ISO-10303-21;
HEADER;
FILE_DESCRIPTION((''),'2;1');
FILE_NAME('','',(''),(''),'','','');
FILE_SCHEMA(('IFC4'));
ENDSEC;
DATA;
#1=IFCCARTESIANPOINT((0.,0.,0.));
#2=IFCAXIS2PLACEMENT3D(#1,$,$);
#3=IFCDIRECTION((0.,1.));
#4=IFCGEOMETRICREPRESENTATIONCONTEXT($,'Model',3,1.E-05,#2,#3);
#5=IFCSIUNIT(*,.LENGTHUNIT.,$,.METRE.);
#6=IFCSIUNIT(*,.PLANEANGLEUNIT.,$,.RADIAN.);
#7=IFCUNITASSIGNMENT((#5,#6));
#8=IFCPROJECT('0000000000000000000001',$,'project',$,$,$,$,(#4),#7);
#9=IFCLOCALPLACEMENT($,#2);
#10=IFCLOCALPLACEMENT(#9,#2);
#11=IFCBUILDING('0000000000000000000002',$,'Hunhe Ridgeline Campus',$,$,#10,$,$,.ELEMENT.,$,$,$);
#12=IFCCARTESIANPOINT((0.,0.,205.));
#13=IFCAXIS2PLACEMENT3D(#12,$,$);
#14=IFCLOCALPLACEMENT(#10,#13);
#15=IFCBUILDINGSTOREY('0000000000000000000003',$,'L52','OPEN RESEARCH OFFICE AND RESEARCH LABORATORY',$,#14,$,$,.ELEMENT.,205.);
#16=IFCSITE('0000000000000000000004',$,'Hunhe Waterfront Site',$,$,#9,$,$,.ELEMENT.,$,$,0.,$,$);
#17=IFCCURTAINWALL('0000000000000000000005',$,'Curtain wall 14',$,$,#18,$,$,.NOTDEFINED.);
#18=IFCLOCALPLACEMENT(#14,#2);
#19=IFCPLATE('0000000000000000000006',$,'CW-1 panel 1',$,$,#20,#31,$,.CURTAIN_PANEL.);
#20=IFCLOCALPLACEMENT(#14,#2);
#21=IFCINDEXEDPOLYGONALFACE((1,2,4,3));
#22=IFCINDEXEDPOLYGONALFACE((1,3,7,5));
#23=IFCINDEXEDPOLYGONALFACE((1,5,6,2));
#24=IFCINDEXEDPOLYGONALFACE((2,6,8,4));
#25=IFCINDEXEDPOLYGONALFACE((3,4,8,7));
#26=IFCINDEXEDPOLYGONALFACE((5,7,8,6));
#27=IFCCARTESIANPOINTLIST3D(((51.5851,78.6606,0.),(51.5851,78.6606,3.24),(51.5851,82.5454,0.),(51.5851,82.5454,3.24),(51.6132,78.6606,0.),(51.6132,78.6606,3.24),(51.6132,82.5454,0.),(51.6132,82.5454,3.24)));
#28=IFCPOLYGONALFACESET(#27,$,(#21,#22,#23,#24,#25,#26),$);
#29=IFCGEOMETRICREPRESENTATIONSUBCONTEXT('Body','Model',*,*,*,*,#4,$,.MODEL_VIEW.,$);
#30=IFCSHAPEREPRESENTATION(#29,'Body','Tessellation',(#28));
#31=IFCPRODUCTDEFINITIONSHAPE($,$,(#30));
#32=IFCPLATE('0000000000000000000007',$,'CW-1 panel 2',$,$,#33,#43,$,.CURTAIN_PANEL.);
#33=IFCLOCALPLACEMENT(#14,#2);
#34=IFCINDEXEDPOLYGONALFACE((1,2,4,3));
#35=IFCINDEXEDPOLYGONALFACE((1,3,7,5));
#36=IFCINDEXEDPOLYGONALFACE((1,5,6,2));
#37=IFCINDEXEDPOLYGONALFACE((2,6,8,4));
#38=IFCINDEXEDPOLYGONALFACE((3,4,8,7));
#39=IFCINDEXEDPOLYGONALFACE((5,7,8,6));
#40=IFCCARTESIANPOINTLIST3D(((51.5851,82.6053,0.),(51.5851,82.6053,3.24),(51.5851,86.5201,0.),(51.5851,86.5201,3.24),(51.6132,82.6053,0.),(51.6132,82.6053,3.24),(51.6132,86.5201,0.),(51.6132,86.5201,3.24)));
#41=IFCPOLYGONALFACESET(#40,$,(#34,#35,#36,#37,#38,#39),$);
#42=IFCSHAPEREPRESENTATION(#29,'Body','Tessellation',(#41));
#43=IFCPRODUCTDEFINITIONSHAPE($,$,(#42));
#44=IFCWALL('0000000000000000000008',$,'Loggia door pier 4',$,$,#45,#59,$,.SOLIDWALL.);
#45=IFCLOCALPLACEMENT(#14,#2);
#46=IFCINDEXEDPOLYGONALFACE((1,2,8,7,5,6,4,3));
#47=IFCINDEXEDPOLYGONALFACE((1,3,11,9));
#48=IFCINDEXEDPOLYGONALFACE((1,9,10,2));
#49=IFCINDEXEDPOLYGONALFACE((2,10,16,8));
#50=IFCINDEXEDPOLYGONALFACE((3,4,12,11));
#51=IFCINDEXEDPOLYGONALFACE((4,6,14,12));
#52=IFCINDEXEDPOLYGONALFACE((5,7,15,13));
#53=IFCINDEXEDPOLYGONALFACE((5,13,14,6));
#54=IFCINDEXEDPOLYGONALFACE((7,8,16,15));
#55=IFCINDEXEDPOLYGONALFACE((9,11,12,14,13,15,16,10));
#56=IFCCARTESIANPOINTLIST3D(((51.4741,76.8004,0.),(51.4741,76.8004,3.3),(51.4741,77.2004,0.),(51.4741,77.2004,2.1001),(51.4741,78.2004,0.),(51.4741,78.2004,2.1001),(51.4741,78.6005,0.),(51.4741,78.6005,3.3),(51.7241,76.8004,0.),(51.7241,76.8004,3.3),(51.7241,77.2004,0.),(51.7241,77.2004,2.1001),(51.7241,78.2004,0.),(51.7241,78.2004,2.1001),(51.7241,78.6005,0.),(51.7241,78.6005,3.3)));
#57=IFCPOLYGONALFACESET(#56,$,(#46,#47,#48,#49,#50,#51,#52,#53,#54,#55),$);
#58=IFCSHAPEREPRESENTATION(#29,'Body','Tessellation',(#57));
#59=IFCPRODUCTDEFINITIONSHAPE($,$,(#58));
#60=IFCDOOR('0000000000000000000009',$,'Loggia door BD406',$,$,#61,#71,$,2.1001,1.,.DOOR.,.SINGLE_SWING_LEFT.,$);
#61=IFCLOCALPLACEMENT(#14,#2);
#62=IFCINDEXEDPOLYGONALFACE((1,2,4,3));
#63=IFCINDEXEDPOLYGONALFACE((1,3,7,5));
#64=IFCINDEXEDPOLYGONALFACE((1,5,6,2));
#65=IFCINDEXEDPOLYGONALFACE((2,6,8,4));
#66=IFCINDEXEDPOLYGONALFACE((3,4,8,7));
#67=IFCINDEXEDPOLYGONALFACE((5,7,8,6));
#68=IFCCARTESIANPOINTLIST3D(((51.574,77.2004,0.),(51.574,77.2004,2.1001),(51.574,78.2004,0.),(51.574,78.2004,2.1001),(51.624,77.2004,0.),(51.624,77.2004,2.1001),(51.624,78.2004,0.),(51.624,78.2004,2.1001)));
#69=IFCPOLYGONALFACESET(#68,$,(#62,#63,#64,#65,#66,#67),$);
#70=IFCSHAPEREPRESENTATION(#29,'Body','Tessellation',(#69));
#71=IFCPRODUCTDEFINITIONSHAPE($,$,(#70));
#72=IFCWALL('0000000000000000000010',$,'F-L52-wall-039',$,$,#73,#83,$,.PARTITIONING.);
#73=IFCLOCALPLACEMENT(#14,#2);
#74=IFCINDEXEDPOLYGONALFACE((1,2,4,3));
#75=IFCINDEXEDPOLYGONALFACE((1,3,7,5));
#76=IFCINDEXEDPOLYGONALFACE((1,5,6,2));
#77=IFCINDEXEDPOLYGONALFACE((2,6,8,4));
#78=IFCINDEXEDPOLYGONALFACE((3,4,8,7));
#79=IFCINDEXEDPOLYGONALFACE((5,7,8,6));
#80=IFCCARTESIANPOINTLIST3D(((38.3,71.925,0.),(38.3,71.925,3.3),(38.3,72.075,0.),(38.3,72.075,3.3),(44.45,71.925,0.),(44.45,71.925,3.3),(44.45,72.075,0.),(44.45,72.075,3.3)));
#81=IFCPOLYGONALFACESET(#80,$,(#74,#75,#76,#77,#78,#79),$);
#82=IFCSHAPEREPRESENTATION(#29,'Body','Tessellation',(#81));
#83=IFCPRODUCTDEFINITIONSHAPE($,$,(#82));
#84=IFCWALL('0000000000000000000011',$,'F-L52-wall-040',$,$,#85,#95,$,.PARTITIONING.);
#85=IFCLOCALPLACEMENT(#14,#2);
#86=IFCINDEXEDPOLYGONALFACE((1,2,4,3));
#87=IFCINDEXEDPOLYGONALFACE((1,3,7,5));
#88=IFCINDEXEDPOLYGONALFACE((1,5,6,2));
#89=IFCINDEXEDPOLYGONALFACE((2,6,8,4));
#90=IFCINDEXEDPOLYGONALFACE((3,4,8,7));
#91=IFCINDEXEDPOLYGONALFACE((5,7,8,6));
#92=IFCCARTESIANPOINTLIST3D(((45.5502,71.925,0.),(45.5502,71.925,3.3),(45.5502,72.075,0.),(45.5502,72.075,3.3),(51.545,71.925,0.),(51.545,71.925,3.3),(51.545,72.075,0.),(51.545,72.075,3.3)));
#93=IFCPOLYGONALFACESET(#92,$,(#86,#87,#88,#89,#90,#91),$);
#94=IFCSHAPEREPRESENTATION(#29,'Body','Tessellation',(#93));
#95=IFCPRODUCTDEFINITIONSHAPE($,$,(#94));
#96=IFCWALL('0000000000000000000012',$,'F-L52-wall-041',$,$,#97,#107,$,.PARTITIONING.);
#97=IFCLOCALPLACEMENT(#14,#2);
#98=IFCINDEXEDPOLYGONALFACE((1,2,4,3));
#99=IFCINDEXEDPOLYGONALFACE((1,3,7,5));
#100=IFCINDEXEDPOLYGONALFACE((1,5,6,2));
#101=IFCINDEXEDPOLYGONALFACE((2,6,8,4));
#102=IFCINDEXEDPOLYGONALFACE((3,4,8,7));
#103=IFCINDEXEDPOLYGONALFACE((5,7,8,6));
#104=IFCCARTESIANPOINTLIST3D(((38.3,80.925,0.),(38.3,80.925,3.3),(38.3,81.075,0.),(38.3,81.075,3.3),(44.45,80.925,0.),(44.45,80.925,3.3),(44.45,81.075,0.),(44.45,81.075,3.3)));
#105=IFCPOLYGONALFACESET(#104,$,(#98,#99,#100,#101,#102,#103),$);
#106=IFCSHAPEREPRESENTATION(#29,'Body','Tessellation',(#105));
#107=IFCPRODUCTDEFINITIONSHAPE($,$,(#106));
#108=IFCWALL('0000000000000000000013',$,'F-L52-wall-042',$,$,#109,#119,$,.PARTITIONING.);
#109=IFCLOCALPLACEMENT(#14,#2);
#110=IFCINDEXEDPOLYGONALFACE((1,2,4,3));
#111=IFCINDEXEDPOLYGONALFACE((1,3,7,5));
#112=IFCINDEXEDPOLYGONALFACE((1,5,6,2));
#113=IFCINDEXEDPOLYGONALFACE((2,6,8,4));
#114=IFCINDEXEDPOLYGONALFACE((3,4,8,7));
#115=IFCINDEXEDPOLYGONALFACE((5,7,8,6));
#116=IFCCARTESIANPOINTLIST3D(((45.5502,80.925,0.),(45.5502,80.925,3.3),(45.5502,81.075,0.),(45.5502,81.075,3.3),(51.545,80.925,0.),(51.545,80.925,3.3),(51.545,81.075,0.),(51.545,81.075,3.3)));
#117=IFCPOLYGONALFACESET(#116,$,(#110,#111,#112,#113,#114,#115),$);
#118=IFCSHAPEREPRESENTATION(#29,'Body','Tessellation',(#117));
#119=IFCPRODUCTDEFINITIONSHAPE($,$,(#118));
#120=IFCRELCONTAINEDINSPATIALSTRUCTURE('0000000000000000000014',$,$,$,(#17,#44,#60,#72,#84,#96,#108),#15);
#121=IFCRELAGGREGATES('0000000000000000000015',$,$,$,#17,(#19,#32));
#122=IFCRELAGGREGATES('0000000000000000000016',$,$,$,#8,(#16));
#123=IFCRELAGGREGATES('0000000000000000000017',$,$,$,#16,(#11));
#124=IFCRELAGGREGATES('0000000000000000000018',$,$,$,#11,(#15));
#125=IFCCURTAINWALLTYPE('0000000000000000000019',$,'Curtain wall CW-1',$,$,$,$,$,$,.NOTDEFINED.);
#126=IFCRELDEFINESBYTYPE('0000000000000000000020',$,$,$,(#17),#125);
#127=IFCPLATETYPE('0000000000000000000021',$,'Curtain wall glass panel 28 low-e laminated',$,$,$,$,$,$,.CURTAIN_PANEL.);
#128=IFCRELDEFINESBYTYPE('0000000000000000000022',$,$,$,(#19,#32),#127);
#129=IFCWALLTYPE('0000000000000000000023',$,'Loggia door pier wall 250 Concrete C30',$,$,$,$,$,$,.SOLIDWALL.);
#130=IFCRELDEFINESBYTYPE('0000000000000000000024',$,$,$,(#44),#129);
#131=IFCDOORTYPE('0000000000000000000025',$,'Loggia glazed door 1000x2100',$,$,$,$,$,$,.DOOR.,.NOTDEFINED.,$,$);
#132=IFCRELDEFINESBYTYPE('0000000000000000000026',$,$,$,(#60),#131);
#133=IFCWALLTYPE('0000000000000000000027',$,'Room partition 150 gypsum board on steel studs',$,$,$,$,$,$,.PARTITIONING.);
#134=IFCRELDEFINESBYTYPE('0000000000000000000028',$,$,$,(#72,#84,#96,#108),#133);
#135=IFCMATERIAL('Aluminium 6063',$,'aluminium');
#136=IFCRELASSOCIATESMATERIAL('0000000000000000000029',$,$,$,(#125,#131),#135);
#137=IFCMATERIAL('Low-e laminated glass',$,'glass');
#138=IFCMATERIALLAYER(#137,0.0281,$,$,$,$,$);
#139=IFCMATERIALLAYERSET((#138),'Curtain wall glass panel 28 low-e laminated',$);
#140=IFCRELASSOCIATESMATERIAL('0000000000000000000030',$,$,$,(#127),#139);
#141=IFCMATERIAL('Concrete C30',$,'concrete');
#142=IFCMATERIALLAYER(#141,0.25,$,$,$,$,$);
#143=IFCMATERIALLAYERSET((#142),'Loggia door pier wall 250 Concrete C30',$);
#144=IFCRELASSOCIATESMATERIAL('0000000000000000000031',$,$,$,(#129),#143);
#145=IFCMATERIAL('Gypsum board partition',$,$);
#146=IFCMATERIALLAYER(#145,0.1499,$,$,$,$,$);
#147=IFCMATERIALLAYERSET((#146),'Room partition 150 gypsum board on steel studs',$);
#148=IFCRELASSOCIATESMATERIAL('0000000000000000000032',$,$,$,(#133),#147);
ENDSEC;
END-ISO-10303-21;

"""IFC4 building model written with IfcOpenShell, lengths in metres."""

from ifc_helpers import new_model, si_unit, direction, frame, frame_2d, origin, origin_2d, place, context, subcontext, project, spatial, rectangle, extrude, material, layer, layer_set, type_object, element, fill, aggregate, save


model = new_model("IFC4")

# Units and contexts
model_context = context("Model", 3, precision=1e-05, world=origin(), true_north=direction((0.0, 1.0)))
body_context = subcontext(model_context, "Body", "Model", "MODEL_VIEW")
ifc_project = project(units=[si_unit("LENGTHUNIT", "METRE"), si_unit("PLANEANGLEUNIT", "RADIAN")], contexts=[model_context])

# Site, building, storey
site_placement = place(None, origin())
site = spatial("IfcSite", under=ifc_project, at=site_placement, Name="Hunhe Waterfront Site", CompositionType="ELEMENT", RefElevation=0.0)
building_placement = place(site_placement, origin())
building = spatial("IfcBuilding", under=site, at=building_placement, Name="Hunhe Ridgeline Campus", CompositionType="ELEMENT")
storey_placement = place(building_placement, frame((0.0, 0.0, 205.0)))
storey = spatial("IfcBuildingStorey", under=building, at=storey_placement, Name="L52", Description="OPEN RESEARCH OFFICE AND RESEARCH LABORATORY", CompositionType="ELEMENT", Elevation=205.0)

# Curtain wall
ifc_material_1 = material(Name="Aluminium 6063", Category="aluminium")
curtain_wall_type = type_object("IfcCurtainWallType", Name="Curtain wall CW-1", PredefinedType="NOTDEFINED", material=ifc_material_1)
curtain_wall_1_placement = place(storey_placement, origin())
curtain_wall_1 = element("IfcCurtainWall", 1, at=curtain_wall_1_placement, inside=storey, type_object=curtain_wall_type, Name="Curtain wall 14", PredefinedType="NOTDEFINED")

# Plates
ifc_material_2 = material(Name="Low-e laminated glass", Category="glass")
ifc_layer_1 = layer(ifc_material_2, 0.0281)
ifc_layer_set_1 = layer_set([ifc_layer_1], Name="Curtain wall glass panel 28 low-e laminated")
plate_type = type_object("IfcPlateType", Name="Curtain wall glass panel 28 low-e laminated", PredefinedType="CURTAIN_PANEL", material=ifc_layer_set_1)
plate_1_placement = place(storey_placement, frame((51.5991, 80.603, 0.0), z_axis=(0.0, 0.0, 1.0), x_axis=(0.0, 1.0, 0.0)))
plate_1 = element("IfcPlate", 2, at=plate_1_placement, type_object=plate_type, Name="CW-1 panel 1", PredefinedType="CURTAIN_PANEL", context=body_context, shape_type="SweptSolid", body=[
    extrude(rectangle(XDim=3.8848, YDim=0.0281, at=origin_2d()), origin(), (0.0, 0.0, 1.0), 3.24),
])
plate_2_placement = place(storey_placement, frame((51.5991, 84.5627, 0.0), z_axis=(0.0, 0.0, 1.0), x_axis=(0.0, 1.0, 0.0)))
plate_2 = element("IfcPlate", 3, at=plate_2_placement, type_object=plate_type, Name="CW-1 panel 2", PredefinedType="CURTAIN_PANEL", context=body_context, shape_type="SweptSolid", body=[
    extrude(rectangle(XDim=3.9148, YDim=0.0281, at=origin_2d()), origin(), (0.0, 0.0, 1.0), 3.24),
])
aggregate(curtain_wall_1, [plate_1, plate_2])

# Wall, opening, door
ifc_material_3 = material(Name="Concrete C30", Category="concrete")
ifc_layer_2 = layer(ifc_material_3, 0.25)
ifc_layer_set_2 = layer_set([ifc_layer_2], Name="Loggia door pier wall 250 Concrete C30")
wall_type_1 = type_object("IfcWallType", Name="Loggia door pier wall 250 Concrete C30", PredefinedType="SOLIDWALL", material=ifc_layer_set_2)
wall_1_placement = place(storey_placement, frame((51.5991, 76.8005, 0.0), z_axis=(0.0, 0.0, 1.0), x_axis=(0.0, 1.0, 0.0)))
wall_1 = element("IfcWall", 4, at=wall_1_placement, inside=storey, type_object=wall_type_1, Name="Loggia door pier 4", PredefinedType="SOLIDWALL", context=body_context, shape_type="SweptSolid", body=[
    extrude(rectangle(XDim=1.8, YDim=0.25, at=frame_2d((0.8999, 0.0))), origin(), (0.0, 0.0, 1.0), 3.3),
])
opening_placement = place(wall_1_placement, frame((0.3999, 0.0, 0.0)))
opening = element("IfcOpeningElement", 5, at=opening_placement, cuts=wall_1, PredefinedType="OPENING", context=body_context, shape_type="SweptSolid", body=[
    extrude(rectangle(XDim=1.0, YDim=2.1001, at=frame_2d((0.5, 1.05))), frame((0.0, 0.125, 0.0), z_axis=(0.0, -1.0, 0.0), x_axis=(1.0, 0.0, 0.0)), (0.0, 0.0, 1.0), 0.25),
])
door_type = type_object("IfcDoorType", Name="Loggia glazed door 1000x2100", OperationType="NOTDEFINED", PredefinedType="DOOR", material=ifc_material_1)
door_placement = place(opening_placement, frame((1.0, 0.0, 0.0), z_axis=(0.0, 0.0, 1.0), x_axis=(-1.0, 0.0, 0.0)))
door = element("IfcDoor", 6, at=door_placement, inside=storey, type_object=door_type, Name="Loggia door BD406", OperationType="SINGLE_SWING_LEFT", OverallHeight=2.1001, OverallWidth=1.0, PredefinedType="DOOR", context=body_context, shape_type="SweptSolid", body=[
    extrude(rectangle(XDim=1.0, YDim=2.1001, at=frame_2d((0.5, 1.05))), frame((0.0, 0.0249, 0.0), z_axis=(0.0, -1.0, 0.0), x_axis=(1.0, 0.0, 0.0)), (0.0, 0.0, 1.0), 0.05),
])
fill(opening, door)

# Walls
ifc_material_4 = material(Name="Gypsum board partition")
ifc_layer_3 = layer(ifc_material_4, 0.1499)
ifc_layer_set_3 = layer_set([ifc_layer_3], Name="Room partition 150 gypsum board on steel studs")
wall_type_2 = type_object("IfcWallType", Name="Room partition 150 gypsum board on steel studs", PredefinedType="PARTITIONING", material=ifc_layer_set_3)
wall_2_placement = place(storey_placement, frame((38.3, 72.0, 0.0), z_axis=(0.0, 0.0, 1.0), x_axis=(1.0, 0.0, 0.0)))
element("IfcWall", 7, at=wall_2_placement, inside=storey, type_object=wall_type_2, Name="F-L52-wall-039", PredefinedType="PARTITIONING", context=body_context, shape_type="SweptSolid", body=[
    extrude(rectangle(XDim=6.1499, YDim=0.1499, at=frame_2d((3.075, 0.0))), origin(), (0.0, 0.0, 1.0), 3.3),
])
wall_3_placement = place(storey_placement, frame((45.55, 72.0, 0.0), z_axis=(0.0, 0.0, 1.0), x_axis=(1.0, 0.0, 0.0)))
element("IfcWall", 8, at=wall_3_placement, inside=storey, type_object=wall_type_2, Name="F-L52-wall-040", PredefinedType="PARTITIONING", context=body_context, shape_type="SweptSolid", body=[
    extrude(rectangle(XDim=5.9949, YDim=0.1499, at=frame_2d((2.9976, 0.0))), origin(), (0.0, 0.0, 1.0), 3.3),
])
wall_4_placement = place(storey_placement, frame((38.3, 81.0, 0.0), z_axis=(0.0, 0.0, 1.0), x_axis=(1.0, 0.0, 0.0)))
element("IfcWall", 9, at=wall_4_placement, inside=storey, type_object=wall_type_2, Name="F-L52-wall-041", PredefinedType="PARTITIONING", context=body_context, shape_type="SweptSolid", body=[
    extrude(rectangle(XDim=6.1499, YDim=0.1499, at=frame_2d((3.075, 0.0))), origin(), (0.0, 0.0, 1.0), 3.3),
])
wall_5_placement = place(storey_placement, frame((45.55, 81.0, 0.0), z_axis=(0.0, 0.0, 1.0), x_axis=(1.0, 0.0, 0.0)))
element("IfcWall", 10, at=wall_5_placement, inside=storey, type_object=wall_type_2, Name="F-L52-wall-042", PredefinedType="PARTITIONING", context=body_context, shape_type="SweptSolid", body=[
    extrude(rectangle(XDim=5.9949, YDim=0.1499, at=frame_2d((2.9976, 0.0))), origin(), (0.0, 0.0, 1.0), 3.3),
])

save(model, "model.ifc")
